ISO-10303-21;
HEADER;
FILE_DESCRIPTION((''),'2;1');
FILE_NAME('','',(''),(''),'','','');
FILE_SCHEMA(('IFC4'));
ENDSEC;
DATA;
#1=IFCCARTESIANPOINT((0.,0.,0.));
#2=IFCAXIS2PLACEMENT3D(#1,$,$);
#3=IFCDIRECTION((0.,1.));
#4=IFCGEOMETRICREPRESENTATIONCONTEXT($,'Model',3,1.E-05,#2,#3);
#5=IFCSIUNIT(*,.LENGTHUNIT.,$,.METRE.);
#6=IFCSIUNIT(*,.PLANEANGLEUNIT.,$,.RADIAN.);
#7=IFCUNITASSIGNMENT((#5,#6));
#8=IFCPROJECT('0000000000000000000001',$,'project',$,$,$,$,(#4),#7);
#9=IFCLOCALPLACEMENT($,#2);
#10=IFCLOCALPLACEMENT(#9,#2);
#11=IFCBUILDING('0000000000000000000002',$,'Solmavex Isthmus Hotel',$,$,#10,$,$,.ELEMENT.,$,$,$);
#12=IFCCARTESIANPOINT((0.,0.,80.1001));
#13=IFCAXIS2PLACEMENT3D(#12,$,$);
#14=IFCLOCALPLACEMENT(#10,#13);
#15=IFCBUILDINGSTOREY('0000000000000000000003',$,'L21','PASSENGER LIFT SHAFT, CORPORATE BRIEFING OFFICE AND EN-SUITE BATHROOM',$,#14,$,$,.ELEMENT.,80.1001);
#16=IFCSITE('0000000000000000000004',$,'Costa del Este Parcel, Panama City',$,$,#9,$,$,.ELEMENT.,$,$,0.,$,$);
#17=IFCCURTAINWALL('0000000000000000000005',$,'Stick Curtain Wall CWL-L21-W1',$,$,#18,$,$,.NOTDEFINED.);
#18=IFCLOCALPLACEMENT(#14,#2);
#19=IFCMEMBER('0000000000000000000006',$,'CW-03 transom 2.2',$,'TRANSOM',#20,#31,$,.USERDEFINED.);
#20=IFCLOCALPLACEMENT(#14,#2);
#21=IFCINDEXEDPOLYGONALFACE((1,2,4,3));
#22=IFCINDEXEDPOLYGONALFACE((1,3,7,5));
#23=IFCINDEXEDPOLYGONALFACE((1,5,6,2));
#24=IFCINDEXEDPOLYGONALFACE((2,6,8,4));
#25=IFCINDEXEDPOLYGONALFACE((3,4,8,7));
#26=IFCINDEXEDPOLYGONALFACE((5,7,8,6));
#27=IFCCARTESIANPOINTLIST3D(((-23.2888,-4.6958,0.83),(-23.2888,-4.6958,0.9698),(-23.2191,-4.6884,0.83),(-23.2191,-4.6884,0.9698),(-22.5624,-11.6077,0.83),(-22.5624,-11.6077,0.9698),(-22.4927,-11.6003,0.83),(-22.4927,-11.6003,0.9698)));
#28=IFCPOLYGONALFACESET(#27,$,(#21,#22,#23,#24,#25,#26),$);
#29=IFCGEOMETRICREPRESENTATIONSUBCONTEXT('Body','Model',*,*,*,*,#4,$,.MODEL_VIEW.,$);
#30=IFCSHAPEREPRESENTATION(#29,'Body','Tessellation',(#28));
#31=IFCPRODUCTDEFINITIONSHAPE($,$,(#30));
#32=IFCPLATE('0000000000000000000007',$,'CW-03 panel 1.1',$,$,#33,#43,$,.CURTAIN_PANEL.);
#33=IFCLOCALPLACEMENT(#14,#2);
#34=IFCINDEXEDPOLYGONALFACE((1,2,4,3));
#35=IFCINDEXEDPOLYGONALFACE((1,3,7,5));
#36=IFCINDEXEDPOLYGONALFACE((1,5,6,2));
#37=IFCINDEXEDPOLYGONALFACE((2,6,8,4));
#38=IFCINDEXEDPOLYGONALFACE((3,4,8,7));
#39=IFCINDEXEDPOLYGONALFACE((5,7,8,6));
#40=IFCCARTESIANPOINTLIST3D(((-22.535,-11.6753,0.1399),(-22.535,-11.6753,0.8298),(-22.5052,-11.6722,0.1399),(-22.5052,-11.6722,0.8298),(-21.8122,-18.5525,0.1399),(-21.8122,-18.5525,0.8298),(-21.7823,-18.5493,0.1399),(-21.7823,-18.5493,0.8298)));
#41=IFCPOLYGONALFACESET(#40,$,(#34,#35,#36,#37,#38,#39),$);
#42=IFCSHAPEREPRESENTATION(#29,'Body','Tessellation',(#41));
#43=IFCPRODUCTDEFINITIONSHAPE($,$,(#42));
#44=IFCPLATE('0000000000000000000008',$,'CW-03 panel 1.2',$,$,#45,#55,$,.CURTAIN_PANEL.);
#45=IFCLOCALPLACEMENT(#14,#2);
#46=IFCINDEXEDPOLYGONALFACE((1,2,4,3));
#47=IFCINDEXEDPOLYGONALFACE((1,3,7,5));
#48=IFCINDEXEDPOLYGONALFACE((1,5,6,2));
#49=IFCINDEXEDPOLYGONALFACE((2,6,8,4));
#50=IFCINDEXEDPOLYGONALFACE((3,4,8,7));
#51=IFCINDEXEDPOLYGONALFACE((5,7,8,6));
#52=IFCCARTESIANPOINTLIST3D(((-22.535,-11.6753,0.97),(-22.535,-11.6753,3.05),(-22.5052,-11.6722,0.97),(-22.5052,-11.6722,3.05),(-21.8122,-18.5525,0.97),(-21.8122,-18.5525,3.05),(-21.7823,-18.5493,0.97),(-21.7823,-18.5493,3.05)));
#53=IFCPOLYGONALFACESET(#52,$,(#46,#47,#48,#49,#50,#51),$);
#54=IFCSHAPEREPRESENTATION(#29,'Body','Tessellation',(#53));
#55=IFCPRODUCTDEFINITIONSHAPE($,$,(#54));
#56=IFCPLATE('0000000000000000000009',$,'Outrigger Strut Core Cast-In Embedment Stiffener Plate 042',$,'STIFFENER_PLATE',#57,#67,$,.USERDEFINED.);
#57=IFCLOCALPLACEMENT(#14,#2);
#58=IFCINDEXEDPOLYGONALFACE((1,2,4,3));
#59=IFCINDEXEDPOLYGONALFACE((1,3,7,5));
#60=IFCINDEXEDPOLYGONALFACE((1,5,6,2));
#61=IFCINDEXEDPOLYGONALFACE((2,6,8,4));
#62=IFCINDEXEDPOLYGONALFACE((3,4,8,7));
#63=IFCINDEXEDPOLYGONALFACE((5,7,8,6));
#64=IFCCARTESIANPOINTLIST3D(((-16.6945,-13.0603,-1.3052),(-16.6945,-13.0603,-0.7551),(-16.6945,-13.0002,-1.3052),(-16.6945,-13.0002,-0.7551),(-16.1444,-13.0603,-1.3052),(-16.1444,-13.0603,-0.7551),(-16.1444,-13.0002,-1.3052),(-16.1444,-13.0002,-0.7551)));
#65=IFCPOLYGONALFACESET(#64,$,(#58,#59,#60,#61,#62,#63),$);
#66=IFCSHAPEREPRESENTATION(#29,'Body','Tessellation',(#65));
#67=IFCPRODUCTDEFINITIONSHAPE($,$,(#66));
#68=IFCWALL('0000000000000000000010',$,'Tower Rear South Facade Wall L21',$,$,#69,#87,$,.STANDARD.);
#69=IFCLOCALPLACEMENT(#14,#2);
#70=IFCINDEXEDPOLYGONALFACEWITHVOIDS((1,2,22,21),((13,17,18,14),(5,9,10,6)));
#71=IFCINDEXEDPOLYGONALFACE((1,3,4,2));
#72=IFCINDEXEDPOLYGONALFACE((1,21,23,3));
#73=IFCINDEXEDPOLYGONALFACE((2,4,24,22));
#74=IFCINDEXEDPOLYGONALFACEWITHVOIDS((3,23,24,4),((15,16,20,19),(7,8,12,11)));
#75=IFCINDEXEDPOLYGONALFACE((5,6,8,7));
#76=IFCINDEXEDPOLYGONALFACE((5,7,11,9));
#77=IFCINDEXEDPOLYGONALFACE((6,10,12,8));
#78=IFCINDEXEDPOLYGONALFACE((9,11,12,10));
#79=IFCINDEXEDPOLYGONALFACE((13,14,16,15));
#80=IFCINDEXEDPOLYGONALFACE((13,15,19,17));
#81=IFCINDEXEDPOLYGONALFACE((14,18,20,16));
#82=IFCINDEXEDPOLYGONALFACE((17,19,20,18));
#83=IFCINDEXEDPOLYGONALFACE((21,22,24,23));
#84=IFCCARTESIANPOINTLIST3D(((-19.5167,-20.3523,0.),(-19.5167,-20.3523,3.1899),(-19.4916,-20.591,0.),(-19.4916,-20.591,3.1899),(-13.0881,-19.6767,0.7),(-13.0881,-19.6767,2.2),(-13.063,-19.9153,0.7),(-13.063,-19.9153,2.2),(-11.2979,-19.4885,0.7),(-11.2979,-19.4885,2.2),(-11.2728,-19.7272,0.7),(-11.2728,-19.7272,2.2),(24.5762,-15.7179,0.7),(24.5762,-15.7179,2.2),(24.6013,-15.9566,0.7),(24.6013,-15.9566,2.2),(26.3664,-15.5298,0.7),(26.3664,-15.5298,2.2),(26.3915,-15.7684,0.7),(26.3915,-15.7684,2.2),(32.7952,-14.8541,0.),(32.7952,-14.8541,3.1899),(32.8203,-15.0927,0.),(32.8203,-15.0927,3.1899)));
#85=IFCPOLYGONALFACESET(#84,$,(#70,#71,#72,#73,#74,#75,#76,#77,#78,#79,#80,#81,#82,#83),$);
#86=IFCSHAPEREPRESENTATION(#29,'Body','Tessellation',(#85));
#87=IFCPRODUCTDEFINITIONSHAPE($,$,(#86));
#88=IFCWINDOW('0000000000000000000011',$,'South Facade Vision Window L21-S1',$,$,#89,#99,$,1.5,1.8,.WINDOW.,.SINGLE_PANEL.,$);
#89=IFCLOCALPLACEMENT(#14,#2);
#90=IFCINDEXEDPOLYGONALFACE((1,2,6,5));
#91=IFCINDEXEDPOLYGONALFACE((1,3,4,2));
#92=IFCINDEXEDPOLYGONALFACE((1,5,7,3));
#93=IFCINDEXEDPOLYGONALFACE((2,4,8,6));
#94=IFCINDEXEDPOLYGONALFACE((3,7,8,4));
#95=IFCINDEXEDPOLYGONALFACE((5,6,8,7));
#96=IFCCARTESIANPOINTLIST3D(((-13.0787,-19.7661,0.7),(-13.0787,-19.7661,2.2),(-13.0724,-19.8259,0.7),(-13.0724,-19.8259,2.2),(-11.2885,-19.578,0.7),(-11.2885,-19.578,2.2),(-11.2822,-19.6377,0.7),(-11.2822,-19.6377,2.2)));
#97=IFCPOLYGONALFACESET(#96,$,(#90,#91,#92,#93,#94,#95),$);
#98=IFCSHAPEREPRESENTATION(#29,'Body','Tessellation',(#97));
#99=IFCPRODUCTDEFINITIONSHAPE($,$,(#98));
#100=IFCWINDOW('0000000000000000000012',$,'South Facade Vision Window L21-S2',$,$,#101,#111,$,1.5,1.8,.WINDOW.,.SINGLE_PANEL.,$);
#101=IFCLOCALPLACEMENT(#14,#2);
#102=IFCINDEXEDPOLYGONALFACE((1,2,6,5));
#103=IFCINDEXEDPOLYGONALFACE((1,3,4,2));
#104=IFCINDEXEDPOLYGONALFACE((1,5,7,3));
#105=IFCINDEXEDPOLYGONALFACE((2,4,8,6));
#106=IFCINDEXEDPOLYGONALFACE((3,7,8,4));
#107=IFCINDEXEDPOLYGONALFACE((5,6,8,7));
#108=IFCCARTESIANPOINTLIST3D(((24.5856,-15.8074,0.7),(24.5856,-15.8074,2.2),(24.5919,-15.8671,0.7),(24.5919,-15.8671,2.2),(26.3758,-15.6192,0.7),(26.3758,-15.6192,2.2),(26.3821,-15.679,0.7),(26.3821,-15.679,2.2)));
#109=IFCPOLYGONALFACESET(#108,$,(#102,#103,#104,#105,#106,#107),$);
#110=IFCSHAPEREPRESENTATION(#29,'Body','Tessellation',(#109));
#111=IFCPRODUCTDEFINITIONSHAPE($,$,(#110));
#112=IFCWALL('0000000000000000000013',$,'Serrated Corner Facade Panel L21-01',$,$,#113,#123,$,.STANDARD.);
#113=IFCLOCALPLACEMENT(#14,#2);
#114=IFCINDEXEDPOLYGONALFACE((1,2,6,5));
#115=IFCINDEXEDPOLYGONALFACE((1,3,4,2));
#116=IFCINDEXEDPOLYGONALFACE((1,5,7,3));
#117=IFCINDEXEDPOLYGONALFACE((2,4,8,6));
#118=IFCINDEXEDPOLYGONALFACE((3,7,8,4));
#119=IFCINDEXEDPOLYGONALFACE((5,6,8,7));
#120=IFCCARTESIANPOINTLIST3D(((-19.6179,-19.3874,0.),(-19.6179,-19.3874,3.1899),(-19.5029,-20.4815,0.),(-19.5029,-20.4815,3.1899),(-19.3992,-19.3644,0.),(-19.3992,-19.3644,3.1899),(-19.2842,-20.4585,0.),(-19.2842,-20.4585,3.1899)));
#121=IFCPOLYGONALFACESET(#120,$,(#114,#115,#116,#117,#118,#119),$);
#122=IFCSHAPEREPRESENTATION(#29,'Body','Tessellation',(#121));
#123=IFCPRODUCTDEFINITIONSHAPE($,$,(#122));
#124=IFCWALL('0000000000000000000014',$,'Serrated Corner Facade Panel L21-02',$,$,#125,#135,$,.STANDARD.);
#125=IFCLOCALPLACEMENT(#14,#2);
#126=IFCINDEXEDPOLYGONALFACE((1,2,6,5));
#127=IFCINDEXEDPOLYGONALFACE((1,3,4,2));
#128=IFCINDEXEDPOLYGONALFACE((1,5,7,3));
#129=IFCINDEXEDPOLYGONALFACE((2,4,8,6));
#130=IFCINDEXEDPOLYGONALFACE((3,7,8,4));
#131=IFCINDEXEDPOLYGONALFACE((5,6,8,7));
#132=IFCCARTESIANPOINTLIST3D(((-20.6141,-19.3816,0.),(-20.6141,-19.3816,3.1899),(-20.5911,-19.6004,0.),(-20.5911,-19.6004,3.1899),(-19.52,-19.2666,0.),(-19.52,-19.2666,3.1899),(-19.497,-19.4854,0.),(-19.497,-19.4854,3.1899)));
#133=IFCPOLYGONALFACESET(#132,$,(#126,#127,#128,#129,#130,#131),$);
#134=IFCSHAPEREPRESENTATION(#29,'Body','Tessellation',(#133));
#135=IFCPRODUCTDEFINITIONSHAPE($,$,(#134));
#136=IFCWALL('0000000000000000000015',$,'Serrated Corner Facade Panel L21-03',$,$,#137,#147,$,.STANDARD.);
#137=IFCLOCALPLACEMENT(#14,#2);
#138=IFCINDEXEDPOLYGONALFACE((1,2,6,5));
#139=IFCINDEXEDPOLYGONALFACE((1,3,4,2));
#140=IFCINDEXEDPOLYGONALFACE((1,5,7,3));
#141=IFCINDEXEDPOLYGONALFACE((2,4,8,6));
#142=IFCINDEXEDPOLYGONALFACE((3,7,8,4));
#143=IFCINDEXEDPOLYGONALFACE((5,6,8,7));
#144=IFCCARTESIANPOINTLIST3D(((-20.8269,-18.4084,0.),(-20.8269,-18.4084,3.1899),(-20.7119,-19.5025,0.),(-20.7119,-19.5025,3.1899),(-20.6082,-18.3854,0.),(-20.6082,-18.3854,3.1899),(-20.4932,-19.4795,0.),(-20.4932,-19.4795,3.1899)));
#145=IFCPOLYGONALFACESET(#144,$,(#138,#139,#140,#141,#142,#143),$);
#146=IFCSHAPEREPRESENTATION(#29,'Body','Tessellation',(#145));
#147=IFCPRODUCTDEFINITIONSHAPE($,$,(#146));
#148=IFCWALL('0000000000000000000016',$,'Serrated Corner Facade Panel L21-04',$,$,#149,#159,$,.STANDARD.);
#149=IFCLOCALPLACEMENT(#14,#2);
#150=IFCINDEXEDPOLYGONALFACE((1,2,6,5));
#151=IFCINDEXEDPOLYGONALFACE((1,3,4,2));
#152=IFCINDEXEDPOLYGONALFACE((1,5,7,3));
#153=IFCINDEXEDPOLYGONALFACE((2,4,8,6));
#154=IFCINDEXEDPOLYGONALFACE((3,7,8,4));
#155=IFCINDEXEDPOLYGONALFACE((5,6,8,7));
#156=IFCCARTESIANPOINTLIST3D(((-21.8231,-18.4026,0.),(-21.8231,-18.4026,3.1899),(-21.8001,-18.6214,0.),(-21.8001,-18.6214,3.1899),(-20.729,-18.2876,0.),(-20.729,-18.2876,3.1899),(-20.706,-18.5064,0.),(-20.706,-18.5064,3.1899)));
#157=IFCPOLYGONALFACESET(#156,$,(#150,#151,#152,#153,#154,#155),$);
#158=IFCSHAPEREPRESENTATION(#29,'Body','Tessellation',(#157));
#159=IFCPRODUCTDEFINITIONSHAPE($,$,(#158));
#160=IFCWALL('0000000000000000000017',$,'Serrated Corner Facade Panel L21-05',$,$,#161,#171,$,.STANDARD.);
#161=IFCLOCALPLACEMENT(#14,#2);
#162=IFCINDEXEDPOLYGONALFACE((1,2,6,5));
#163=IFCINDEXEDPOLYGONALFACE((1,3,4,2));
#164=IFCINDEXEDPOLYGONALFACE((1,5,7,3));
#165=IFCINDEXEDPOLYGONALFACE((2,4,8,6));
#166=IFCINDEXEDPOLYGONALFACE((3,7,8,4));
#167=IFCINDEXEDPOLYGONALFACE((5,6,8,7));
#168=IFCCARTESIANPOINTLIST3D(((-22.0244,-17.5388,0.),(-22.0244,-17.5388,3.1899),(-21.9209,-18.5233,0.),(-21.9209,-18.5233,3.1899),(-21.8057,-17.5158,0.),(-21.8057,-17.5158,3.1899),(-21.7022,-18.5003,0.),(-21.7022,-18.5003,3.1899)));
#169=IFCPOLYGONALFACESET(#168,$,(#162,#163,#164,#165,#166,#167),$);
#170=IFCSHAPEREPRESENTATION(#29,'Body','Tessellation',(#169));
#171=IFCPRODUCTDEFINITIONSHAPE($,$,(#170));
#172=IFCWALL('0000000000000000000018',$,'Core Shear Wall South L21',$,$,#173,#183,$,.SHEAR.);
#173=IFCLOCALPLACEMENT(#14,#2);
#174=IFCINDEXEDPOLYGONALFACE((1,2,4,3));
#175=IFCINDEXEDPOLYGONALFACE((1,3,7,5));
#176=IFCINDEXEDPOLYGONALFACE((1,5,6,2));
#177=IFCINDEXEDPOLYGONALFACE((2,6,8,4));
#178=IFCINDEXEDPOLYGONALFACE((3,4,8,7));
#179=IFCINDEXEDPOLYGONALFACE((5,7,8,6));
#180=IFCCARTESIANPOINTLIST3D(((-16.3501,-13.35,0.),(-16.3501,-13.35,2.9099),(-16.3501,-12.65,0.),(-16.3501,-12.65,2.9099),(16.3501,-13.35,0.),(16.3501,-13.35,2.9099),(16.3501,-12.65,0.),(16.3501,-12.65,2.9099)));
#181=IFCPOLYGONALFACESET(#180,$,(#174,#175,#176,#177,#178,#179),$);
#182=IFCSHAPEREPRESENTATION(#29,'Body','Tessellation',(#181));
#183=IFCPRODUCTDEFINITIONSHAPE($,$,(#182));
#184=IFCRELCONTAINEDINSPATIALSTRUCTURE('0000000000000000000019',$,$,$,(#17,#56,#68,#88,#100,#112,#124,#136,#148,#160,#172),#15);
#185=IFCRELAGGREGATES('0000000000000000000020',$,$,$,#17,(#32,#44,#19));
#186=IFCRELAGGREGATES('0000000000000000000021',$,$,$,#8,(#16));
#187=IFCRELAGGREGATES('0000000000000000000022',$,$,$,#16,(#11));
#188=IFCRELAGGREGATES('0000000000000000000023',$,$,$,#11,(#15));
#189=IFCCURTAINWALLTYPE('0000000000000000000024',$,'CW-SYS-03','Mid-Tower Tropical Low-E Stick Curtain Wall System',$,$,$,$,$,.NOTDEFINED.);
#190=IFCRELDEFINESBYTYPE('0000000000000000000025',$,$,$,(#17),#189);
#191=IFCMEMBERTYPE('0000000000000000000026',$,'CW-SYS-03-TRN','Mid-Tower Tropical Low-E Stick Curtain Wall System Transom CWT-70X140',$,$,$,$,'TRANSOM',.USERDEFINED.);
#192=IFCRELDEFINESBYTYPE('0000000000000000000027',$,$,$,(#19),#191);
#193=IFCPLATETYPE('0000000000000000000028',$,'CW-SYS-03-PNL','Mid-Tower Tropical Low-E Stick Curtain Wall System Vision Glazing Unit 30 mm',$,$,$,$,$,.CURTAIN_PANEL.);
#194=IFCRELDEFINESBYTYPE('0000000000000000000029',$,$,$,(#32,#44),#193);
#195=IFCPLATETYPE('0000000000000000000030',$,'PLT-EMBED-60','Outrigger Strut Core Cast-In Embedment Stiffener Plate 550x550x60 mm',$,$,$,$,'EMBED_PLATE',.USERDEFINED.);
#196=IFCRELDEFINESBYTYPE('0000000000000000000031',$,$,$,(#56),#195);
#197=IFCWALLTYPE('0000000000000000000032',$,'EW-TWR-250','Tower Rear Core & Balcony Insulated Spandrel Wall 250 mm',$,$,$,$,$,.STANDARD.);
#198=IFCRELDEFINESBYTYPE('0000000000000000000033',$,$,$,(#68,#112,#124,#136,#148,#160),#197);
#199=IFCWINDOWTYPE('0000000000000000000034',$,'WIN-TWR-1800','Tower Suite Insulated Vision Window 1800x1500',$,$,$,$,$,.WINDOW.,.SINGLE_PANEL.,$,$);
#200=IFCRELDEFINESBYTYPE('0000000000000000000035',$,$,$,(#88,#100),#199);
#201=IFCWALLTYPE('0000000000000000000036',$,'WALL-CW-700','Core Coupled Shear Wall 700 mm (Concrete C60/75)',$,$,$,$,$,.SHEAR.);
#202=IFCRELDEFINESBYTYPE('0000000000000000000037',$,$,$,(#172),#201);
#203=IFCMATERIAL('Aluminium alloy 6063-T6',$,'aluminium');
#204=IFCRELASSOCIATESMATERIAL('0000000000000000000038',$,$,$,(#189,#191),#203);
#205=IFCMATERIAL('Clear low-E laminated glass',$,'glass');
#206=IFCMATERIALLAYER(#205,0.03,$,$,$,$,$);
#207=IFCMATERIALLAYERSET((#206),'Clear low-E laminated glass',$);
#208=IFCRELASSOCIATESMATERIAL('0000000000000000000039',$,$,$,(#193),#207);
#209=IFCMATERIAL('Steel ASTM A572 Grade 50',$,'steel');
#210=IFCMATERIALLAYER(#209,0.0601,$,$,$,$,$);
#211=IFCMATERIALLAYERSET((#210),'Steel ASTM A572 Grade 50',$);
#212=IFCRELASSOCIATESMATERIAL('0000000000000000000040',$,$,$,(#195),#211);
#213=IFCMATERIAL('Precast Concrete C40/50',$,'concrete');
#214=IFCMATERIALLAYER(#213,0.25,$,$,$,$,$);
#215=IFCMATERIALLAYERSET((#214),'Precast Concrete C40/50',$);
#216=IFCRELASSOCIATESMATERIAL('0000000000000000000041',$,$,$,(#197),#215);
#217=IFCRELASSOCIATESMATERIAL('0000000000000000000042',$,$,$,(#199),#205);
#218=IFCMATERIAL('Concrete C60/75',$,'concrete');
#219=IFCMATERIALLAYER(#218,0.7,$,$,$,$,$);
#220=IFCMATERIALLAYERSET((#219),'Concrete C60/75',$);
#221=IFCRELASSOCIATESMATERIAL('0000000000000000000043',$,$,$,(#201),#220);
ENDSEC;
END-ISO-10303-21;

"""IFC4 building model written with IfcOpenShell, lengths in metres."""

from ifc_helpers import new_model, si_unit, direction, frame, frame_2d, origin, origin_2d, place, context, subcontext, project, spatial, rectangle, extrude, material, layer, layer_set, material_profile, profile_set, type_object, element, fill, aggregate, save


model = new_model("IFC4")

# Units and contexts
model_context = context("Model", 3, precision=1e-05, world=origin(), true_north=direction((0.0, 1.0)))
body_context = subcontext(model_context, "Body", "Model", "MODEL_VIEW")
ifc_project = project(units=[si_unit("LENGTHUNIT", "METRE"), si_unit("PLANEANGLEUNIT", "RADIAN")], contexts=[model_context])

# Site, building, storey
site_placement = place(None, origin())
site = spatial("IfcSite", under=ifc_project, at=site_placement, Name="Costa del Este Parcel, Panama City", CompositionType="ELEMENT", RefElevation=0.0)
building_placement = place(site_placement, origin())
building = spatial("IfcBuilding", under=site, at=building_placement, Name="Solmavex Isthmus Hotel", CompositionType="ELEMENT")
storey_placement = place(building_placement, frame((0.0, 0.0, 80.1001)))
storey = spatial("IfcBuildingStorey", under=building, at=storey_placement, Name="L21", Description="PASSENGER LIFT SHAFT, CORPORATE BRIEFING OFFICE AND EN-SUITE BATHROOM", CompositionType="ELEMENT", Elevation=80.1001)

# Shared definitions
ifc_material_1 = material(Name="Concrete C60/75", Category="concrete")

# Shared definitions
ifc_material_2 = material(Name="Steel ASTM A572 Grade 50", Category="steel")

# Curtain wall, member, plates
ifc_material_3 = material(Name="Aluminium alloy 6063-T6", Category="aluminium")
curtain_wall_type = type_object("IfcCurtainWallType", Name="CW-SYS-03", Description="Mid-Tower Tropical Low-E Stick Curtain Wall System", PredefinedType="NOTDEFINED", material=ifc_material_3)
curtain_wall_placement = place(storey_placement, origin())
curtain_wall = element("IfcCurtainWall", 1, at=curtain_wall_placement, inside=storey, type_object=curtain_wall_type, Name="Stick Curtain Wall CWL-L21-W1", PredefinedType="NOTDEFINED")
ifc_material_profile_1 = material_profile(ifc_material_3, rectangle(XDim=0.0701, YDim=0.1399, at=origin_2d()), Name="CWT-70X140")
ifc_profile_set_1 = profile_set([ifc_material_profile_1], Name="Aluminium alloy 6063-T6")
member_type_1 = type_object("IfcMemberType", Name="CW-SYS-03-TRN", Description="Mid-Tower Tropical Low-E Stick Curtain Wall System Transom CWT-70X140", ElementType="TRANSOM", PredefinedType="USERDEFINED", material=ifc_profile_set_1)
member_1_placement = place(storey_placement, frame((-22.5276, -11.604, 0.8999), z_axis=(-0.104507, 0.994524, 0.0), x_axis=(-0.994524, -0.104507, 0.0)))
member_1 = element("IfcMember", 2, at=member_1_placement, type_object=member_type_1, Name="CW-03 transom 2.2", ObjectType="TRANSOM", PredefinedType="USERDEFINED", context=body_context, shape_type="SweptSolid", body=[
    extrude(rectangle(XDim=0.0701, YDim=0.1399, at=origin_2d()), origin(), (0.0, 0.0, 1.0), 6.95),
])
ifc_material_4 = material(Name="Clear low-E laminated glass", Category="glass")
ifc_layer_1 = layer(ifc_material_4, 0.03)
ifc_layer_set_1 = layer_set([ifc_layer_1], Name="Clear low-E laminated glass")
plate_type_1 = type_object("IfcPlateType", Name="CW-SYS-03-PNL", Description="Mid-Tower Tropical Low-E Stick Curtain Wall System Vision Glazing Unit 30 mm", PredefinedType="CURTAIN_PANEL", material=ifc_layer_set_1)
plate_1_placement = place(storey_placement, frame((-22.1587, -15.1123, 0.1399), z_axis=(0.0, 0.0, 1.0), x_axis=(-0.104528, 0.994522, 0.0)))
plate_1 = element("IfcPlate", 3, at=plate_1_placement, type_object=plate_type_1, Name="CW-03 panel 1.1", PredefinedType="CURTAIN_PANEL", context=body_context, shape_type="SweptSolid", body=[
    extrude(rectangle(XDim=6.915, YDim=0.03, at=origin_2d()), origin(), (0.0, 0.0, 1.0), 0.6899),
])
plate_2_placement = place(storey_placement, frame((-22.1587, -15.1123, 0.97), z_axis=(0.0, 0.0, 1.0), x_axis=(-0.104528, 0.994522, 0.0)))
plate_2 = element("IfcPlate", 4, at=plate_2_placement, type_object=plate_type_1, Name="CW-03 panel 1.2", PredefinedType="CURTAIN_PANEL", context=body_context, shape_type="SweptSolid", body=[
    extrude(rectangle(XDim=6.915, YDim=0.03, at=origin_2d()), origin(), (0.0, 0.0, 1.0), 2.0801),
])
aggregate(curtain_wall, [plate_1, plate_2, member_1])

# Plate
ifc_layer_2 = layer(ifc_material_2, 0.0601)
ifc_layer_set_2 = layer_set([ifc_layer_2], Name="Steel ASTM A572 Grade 50")
plate_type_2 = type_object("IfcPlateType", Name="PLT-EMBED-60", Description="Outrigger Strut Core Cast-In Embedment Stiffener Plate 550x550x60 mm", ElementType="EMBED_PLATE", PredefinedType="USERDEFINED", material=ifc_layer_set_2)
plate_3_placement = place(storey_placement, frame((-16.4194, -13.0303, -1.3052), z_axis=(0.0, 0.0, 1.0), x_axis=(1.0, 0.0, 0.0)))
element("IfcPlate", 5, at=plate_3_placement, inside=storey, type_object=plate_type_2, Name="Outrigger Strut Core Cast-In Embedment Stiffener Plate 042", ObjectType="STIFFENER_PLATE", PredefinedType="USERDEFINED", context=body_context, shape_type="SweptSolid", body=[
    extrude(rectangle(XDim=0.55, YDim=0.0601, at=origin_2d()), origin(), (0.0, 0.0, 1.0), 0.55),
])

# Wall, openings, windows
ifc_material_5 = material(Name="Precast Concrete C40/50", Category="concrete")
ifc_layer_3 = layer(ifc_material_5, 0.25)
ifc_layer_set_3 = layer_set([ifc_layer_3], Name="Precast Concrete C40/50")
wall_type_1 = type_object("IfcWallType", Name="EW-TWR-250", Description="Tower Rear Core & Balcony Insulated Spandrel Wall 250 mm", PredefinedType="STANDARD", material=ifc_layer_set_3)
wall_1_placement = place(storey_placement, frame((-19.5042, -20.4717, 0.0), z_axis=(0.0, 0.0, 1.0), x_axis=(0.994522, 0.10453, 0.0)))
wall_1 = element("IfcWall", 6, at=wall_1_placement, inside=storey, type_object=wall_type_1, Name="Tower Rear South Facade Wall L21", PredefinedType="STANDARD", context=body_context, shape_type="SweptSolid", body=[
    extrude(rectangle(XDim=52.6001, YDim=0.24, at=frame_2d((26.3, 0.0))), origin(), (0.0, 0.0, 1.0), 3.1899),
])
opening_1_placement = place(wall_1_placement, frame((6.4641, 0.0, 0.7)))
opening_1 = element("IfcOpeningElement", 7, at=opening_1_placement, cuts=wall_1, PredefinedType="OPENING", context=body_context, shape_type="SweptSolid", body=[
    extrude(rectangle(XDim=1.8, YDim=1.5, at=frame_2d((0.8999, 0.75))), frame((0.0, 0.1299, 0.0), z_axis=(0.0, -1.0, 0.0), x_axis=(1.0, 0.0, 0.0)), (0.0, 0.0, 1.0), 0.26),
])
opening_2_placement = place(wall_1_placement, frame((44.3359, 0.0, 0.7)))
opening_2 = element("IfcOpeningElement", 8, at=opening_2_placement, cuts=wall_1, PredefinedType="OPENING", context=body_context, shape_type="SweptSolid", body=[
    extrude(rectangle(XDim=1.8, YDim=1.5, at=frame_2d((0.8999, 0.75))), frame((0.0, 0.1299, 0.0), z_axis=(0.0, -1.0, 0.0), x_axis=(1.0, 0.0, 0.0)), (0.0, 0.0, 1.0), 0.26),
])
window_type = type_object("IfcWindowType", Name="WIN-TWR-1800", Description="Tower Suite Insulated Vision Window 1800x1500", PartitioningType="SINGLE_PANEL", PredefinedType="WINDOW", material=ifc_material_4)
window_1_placement = place(opening_1_placement, origin())
window_1 = element("IfcWindow", 9, at=window_1_placement, inside=storey, type_object=window_type, Name="South Facade Vision Window L21-S1", OverallHeight=1.5, OverallWidth=1.8, PartitioningType="SINGLE_PANEL", PredefinedType="WINDOW", context=body_context, shape_type="SweptSolid", body=[
    extrude(rectangle(XDim=1.8, YDim=1.5, at=frame_2d((0.8999, 0.75))), frame((0.0, 0.03, 0.0), z_axis=(0.0, -1.0, 0.0), x_axis=(1.0, 0.0, 0.0)), (0.0, 0.0, 1.0), 0.0601),
])
fill(opening_1, window_1)
window_2_placement = place(opening_2_placement, origin())
window_2 = element("IfcWindow", 10, at=window_2_placement, inside=storey, type_object=window_type, Name="South Facade Vision Window L21-S2", OverallHeight=1.5, OverallWidth=1.8, PartitioningType="SINGLE_PANEL", PredefinedType="WINDOW", context=body_context, shape_type="SweptSolid", body=[
    extrude(rectangle(XDim=1.8, YDim=1.5, at=frame_2d((0.8999, 0.75))), frame((0.0, 0.03, 0.0), z_axis=(0.0, -1.0, 0.0), x_axis=(1.0, 0.0, 0.0)), (0.0, 0.0, 1.0), 0.0601),
])
fill(opening_2, window_2)

# Walls
for number, where, z_axis, x_axis, name in (
    (11, (-19.3936, -20.47, 0.0), (0.0, 0.0, 1.0), (-0.104535, 0.994521, 0.0), "Serrated Corner Facade Panel L21-01"),
    (12, (-19.5085, -19.376, 0.0), (0.0, 0.0, 1.0), (-0.994521, -0.104535, 0.0), "Serrated Corner Facade Panel L21-02"),
    (13, (-20.6025, -19.491, 0.0), (0.0, 0.0, 1.0), (-0.104535, 0.994521, 0.0), "Serrated Corner Facade Panel L21-03"),
    (14, (-20.7175, -18.397, 0.0), (0.0, 0.0, 1.0), (-0.994521, -0.104535, 0.0), "Serrated Corner Facade Panel L21-04"),
):
    element("IfcWall", number, at=place(storey_placement, frame(where, z_axis=z_axis, x_axis=x_axis)), inside=storey, type_object=wall_type_1, Name=name, PredefinedType="STANDARD", context=body_context, shape_type="SweptSolid", body=[
        extrude(rectangle(XDim=1.1001, YDim=0.22, at=frame_2d((0.55, 0.0))), origin(), (0.0, 0.0, 1.0), 3.1899),
    ])
wall_2_placement = place(storey_placement, frame((-21.8115, -18.512, 0.0), z_axis=(0.0, 0.0, 1.0), x_axis=(-0.104556, 0.994519, 0.0)))
element("IfcWall", 15, at=wall_2_placement, inside=storey, type_object=wall_type_1, Name="Serrated Corner Facade Panel L21-05", PredefinedType="STANDARD", context=body_context, shape_type="SweptSolid", body=[
    extrude(rectangle(XDim=0.99, YDim=0.22, at=frame_2d((0.4951, 0.0))), origin(), (0.0, 0.0, 1.0), 3.1899),
])
ifc_layer_4 = layer(ifc_material_1, 0.7)
ifc_layer_set_4 = layer_set([ifc_layer_4], Name="Concrete C60/75")
wall_type_2 = type_object("IfcWallType", Name="WALL-CW-700", Description="Core Coupled Shear Wall 700 mm (Concrete C60/75)", PredefinedType="SHEAR", material=ifc_layer_set_4)
wall_3_placement = place(storey_placement, frame((-16.3501, -13.0, 0.0), z_axis=(0.0, 0.0, 1.0), x_axis=(1.0, 0.0, 0.0)))
element("IfcWall", 16, at=wall_3_placement, inside=storey, type_object=wall_type_2, Name="Core Shear Wall South L21", PredefinedType="SHEAR", context=body_context, shape_type="SweptSolid", body=[
    extrude(rectangle(XDim=32.7002, YDim=0.7, at=frame_2d((16.3501, 0.0))), origin(), (0.0, 0.0, 1.0), 2.9099),
])

save(model, "model.ifc")
